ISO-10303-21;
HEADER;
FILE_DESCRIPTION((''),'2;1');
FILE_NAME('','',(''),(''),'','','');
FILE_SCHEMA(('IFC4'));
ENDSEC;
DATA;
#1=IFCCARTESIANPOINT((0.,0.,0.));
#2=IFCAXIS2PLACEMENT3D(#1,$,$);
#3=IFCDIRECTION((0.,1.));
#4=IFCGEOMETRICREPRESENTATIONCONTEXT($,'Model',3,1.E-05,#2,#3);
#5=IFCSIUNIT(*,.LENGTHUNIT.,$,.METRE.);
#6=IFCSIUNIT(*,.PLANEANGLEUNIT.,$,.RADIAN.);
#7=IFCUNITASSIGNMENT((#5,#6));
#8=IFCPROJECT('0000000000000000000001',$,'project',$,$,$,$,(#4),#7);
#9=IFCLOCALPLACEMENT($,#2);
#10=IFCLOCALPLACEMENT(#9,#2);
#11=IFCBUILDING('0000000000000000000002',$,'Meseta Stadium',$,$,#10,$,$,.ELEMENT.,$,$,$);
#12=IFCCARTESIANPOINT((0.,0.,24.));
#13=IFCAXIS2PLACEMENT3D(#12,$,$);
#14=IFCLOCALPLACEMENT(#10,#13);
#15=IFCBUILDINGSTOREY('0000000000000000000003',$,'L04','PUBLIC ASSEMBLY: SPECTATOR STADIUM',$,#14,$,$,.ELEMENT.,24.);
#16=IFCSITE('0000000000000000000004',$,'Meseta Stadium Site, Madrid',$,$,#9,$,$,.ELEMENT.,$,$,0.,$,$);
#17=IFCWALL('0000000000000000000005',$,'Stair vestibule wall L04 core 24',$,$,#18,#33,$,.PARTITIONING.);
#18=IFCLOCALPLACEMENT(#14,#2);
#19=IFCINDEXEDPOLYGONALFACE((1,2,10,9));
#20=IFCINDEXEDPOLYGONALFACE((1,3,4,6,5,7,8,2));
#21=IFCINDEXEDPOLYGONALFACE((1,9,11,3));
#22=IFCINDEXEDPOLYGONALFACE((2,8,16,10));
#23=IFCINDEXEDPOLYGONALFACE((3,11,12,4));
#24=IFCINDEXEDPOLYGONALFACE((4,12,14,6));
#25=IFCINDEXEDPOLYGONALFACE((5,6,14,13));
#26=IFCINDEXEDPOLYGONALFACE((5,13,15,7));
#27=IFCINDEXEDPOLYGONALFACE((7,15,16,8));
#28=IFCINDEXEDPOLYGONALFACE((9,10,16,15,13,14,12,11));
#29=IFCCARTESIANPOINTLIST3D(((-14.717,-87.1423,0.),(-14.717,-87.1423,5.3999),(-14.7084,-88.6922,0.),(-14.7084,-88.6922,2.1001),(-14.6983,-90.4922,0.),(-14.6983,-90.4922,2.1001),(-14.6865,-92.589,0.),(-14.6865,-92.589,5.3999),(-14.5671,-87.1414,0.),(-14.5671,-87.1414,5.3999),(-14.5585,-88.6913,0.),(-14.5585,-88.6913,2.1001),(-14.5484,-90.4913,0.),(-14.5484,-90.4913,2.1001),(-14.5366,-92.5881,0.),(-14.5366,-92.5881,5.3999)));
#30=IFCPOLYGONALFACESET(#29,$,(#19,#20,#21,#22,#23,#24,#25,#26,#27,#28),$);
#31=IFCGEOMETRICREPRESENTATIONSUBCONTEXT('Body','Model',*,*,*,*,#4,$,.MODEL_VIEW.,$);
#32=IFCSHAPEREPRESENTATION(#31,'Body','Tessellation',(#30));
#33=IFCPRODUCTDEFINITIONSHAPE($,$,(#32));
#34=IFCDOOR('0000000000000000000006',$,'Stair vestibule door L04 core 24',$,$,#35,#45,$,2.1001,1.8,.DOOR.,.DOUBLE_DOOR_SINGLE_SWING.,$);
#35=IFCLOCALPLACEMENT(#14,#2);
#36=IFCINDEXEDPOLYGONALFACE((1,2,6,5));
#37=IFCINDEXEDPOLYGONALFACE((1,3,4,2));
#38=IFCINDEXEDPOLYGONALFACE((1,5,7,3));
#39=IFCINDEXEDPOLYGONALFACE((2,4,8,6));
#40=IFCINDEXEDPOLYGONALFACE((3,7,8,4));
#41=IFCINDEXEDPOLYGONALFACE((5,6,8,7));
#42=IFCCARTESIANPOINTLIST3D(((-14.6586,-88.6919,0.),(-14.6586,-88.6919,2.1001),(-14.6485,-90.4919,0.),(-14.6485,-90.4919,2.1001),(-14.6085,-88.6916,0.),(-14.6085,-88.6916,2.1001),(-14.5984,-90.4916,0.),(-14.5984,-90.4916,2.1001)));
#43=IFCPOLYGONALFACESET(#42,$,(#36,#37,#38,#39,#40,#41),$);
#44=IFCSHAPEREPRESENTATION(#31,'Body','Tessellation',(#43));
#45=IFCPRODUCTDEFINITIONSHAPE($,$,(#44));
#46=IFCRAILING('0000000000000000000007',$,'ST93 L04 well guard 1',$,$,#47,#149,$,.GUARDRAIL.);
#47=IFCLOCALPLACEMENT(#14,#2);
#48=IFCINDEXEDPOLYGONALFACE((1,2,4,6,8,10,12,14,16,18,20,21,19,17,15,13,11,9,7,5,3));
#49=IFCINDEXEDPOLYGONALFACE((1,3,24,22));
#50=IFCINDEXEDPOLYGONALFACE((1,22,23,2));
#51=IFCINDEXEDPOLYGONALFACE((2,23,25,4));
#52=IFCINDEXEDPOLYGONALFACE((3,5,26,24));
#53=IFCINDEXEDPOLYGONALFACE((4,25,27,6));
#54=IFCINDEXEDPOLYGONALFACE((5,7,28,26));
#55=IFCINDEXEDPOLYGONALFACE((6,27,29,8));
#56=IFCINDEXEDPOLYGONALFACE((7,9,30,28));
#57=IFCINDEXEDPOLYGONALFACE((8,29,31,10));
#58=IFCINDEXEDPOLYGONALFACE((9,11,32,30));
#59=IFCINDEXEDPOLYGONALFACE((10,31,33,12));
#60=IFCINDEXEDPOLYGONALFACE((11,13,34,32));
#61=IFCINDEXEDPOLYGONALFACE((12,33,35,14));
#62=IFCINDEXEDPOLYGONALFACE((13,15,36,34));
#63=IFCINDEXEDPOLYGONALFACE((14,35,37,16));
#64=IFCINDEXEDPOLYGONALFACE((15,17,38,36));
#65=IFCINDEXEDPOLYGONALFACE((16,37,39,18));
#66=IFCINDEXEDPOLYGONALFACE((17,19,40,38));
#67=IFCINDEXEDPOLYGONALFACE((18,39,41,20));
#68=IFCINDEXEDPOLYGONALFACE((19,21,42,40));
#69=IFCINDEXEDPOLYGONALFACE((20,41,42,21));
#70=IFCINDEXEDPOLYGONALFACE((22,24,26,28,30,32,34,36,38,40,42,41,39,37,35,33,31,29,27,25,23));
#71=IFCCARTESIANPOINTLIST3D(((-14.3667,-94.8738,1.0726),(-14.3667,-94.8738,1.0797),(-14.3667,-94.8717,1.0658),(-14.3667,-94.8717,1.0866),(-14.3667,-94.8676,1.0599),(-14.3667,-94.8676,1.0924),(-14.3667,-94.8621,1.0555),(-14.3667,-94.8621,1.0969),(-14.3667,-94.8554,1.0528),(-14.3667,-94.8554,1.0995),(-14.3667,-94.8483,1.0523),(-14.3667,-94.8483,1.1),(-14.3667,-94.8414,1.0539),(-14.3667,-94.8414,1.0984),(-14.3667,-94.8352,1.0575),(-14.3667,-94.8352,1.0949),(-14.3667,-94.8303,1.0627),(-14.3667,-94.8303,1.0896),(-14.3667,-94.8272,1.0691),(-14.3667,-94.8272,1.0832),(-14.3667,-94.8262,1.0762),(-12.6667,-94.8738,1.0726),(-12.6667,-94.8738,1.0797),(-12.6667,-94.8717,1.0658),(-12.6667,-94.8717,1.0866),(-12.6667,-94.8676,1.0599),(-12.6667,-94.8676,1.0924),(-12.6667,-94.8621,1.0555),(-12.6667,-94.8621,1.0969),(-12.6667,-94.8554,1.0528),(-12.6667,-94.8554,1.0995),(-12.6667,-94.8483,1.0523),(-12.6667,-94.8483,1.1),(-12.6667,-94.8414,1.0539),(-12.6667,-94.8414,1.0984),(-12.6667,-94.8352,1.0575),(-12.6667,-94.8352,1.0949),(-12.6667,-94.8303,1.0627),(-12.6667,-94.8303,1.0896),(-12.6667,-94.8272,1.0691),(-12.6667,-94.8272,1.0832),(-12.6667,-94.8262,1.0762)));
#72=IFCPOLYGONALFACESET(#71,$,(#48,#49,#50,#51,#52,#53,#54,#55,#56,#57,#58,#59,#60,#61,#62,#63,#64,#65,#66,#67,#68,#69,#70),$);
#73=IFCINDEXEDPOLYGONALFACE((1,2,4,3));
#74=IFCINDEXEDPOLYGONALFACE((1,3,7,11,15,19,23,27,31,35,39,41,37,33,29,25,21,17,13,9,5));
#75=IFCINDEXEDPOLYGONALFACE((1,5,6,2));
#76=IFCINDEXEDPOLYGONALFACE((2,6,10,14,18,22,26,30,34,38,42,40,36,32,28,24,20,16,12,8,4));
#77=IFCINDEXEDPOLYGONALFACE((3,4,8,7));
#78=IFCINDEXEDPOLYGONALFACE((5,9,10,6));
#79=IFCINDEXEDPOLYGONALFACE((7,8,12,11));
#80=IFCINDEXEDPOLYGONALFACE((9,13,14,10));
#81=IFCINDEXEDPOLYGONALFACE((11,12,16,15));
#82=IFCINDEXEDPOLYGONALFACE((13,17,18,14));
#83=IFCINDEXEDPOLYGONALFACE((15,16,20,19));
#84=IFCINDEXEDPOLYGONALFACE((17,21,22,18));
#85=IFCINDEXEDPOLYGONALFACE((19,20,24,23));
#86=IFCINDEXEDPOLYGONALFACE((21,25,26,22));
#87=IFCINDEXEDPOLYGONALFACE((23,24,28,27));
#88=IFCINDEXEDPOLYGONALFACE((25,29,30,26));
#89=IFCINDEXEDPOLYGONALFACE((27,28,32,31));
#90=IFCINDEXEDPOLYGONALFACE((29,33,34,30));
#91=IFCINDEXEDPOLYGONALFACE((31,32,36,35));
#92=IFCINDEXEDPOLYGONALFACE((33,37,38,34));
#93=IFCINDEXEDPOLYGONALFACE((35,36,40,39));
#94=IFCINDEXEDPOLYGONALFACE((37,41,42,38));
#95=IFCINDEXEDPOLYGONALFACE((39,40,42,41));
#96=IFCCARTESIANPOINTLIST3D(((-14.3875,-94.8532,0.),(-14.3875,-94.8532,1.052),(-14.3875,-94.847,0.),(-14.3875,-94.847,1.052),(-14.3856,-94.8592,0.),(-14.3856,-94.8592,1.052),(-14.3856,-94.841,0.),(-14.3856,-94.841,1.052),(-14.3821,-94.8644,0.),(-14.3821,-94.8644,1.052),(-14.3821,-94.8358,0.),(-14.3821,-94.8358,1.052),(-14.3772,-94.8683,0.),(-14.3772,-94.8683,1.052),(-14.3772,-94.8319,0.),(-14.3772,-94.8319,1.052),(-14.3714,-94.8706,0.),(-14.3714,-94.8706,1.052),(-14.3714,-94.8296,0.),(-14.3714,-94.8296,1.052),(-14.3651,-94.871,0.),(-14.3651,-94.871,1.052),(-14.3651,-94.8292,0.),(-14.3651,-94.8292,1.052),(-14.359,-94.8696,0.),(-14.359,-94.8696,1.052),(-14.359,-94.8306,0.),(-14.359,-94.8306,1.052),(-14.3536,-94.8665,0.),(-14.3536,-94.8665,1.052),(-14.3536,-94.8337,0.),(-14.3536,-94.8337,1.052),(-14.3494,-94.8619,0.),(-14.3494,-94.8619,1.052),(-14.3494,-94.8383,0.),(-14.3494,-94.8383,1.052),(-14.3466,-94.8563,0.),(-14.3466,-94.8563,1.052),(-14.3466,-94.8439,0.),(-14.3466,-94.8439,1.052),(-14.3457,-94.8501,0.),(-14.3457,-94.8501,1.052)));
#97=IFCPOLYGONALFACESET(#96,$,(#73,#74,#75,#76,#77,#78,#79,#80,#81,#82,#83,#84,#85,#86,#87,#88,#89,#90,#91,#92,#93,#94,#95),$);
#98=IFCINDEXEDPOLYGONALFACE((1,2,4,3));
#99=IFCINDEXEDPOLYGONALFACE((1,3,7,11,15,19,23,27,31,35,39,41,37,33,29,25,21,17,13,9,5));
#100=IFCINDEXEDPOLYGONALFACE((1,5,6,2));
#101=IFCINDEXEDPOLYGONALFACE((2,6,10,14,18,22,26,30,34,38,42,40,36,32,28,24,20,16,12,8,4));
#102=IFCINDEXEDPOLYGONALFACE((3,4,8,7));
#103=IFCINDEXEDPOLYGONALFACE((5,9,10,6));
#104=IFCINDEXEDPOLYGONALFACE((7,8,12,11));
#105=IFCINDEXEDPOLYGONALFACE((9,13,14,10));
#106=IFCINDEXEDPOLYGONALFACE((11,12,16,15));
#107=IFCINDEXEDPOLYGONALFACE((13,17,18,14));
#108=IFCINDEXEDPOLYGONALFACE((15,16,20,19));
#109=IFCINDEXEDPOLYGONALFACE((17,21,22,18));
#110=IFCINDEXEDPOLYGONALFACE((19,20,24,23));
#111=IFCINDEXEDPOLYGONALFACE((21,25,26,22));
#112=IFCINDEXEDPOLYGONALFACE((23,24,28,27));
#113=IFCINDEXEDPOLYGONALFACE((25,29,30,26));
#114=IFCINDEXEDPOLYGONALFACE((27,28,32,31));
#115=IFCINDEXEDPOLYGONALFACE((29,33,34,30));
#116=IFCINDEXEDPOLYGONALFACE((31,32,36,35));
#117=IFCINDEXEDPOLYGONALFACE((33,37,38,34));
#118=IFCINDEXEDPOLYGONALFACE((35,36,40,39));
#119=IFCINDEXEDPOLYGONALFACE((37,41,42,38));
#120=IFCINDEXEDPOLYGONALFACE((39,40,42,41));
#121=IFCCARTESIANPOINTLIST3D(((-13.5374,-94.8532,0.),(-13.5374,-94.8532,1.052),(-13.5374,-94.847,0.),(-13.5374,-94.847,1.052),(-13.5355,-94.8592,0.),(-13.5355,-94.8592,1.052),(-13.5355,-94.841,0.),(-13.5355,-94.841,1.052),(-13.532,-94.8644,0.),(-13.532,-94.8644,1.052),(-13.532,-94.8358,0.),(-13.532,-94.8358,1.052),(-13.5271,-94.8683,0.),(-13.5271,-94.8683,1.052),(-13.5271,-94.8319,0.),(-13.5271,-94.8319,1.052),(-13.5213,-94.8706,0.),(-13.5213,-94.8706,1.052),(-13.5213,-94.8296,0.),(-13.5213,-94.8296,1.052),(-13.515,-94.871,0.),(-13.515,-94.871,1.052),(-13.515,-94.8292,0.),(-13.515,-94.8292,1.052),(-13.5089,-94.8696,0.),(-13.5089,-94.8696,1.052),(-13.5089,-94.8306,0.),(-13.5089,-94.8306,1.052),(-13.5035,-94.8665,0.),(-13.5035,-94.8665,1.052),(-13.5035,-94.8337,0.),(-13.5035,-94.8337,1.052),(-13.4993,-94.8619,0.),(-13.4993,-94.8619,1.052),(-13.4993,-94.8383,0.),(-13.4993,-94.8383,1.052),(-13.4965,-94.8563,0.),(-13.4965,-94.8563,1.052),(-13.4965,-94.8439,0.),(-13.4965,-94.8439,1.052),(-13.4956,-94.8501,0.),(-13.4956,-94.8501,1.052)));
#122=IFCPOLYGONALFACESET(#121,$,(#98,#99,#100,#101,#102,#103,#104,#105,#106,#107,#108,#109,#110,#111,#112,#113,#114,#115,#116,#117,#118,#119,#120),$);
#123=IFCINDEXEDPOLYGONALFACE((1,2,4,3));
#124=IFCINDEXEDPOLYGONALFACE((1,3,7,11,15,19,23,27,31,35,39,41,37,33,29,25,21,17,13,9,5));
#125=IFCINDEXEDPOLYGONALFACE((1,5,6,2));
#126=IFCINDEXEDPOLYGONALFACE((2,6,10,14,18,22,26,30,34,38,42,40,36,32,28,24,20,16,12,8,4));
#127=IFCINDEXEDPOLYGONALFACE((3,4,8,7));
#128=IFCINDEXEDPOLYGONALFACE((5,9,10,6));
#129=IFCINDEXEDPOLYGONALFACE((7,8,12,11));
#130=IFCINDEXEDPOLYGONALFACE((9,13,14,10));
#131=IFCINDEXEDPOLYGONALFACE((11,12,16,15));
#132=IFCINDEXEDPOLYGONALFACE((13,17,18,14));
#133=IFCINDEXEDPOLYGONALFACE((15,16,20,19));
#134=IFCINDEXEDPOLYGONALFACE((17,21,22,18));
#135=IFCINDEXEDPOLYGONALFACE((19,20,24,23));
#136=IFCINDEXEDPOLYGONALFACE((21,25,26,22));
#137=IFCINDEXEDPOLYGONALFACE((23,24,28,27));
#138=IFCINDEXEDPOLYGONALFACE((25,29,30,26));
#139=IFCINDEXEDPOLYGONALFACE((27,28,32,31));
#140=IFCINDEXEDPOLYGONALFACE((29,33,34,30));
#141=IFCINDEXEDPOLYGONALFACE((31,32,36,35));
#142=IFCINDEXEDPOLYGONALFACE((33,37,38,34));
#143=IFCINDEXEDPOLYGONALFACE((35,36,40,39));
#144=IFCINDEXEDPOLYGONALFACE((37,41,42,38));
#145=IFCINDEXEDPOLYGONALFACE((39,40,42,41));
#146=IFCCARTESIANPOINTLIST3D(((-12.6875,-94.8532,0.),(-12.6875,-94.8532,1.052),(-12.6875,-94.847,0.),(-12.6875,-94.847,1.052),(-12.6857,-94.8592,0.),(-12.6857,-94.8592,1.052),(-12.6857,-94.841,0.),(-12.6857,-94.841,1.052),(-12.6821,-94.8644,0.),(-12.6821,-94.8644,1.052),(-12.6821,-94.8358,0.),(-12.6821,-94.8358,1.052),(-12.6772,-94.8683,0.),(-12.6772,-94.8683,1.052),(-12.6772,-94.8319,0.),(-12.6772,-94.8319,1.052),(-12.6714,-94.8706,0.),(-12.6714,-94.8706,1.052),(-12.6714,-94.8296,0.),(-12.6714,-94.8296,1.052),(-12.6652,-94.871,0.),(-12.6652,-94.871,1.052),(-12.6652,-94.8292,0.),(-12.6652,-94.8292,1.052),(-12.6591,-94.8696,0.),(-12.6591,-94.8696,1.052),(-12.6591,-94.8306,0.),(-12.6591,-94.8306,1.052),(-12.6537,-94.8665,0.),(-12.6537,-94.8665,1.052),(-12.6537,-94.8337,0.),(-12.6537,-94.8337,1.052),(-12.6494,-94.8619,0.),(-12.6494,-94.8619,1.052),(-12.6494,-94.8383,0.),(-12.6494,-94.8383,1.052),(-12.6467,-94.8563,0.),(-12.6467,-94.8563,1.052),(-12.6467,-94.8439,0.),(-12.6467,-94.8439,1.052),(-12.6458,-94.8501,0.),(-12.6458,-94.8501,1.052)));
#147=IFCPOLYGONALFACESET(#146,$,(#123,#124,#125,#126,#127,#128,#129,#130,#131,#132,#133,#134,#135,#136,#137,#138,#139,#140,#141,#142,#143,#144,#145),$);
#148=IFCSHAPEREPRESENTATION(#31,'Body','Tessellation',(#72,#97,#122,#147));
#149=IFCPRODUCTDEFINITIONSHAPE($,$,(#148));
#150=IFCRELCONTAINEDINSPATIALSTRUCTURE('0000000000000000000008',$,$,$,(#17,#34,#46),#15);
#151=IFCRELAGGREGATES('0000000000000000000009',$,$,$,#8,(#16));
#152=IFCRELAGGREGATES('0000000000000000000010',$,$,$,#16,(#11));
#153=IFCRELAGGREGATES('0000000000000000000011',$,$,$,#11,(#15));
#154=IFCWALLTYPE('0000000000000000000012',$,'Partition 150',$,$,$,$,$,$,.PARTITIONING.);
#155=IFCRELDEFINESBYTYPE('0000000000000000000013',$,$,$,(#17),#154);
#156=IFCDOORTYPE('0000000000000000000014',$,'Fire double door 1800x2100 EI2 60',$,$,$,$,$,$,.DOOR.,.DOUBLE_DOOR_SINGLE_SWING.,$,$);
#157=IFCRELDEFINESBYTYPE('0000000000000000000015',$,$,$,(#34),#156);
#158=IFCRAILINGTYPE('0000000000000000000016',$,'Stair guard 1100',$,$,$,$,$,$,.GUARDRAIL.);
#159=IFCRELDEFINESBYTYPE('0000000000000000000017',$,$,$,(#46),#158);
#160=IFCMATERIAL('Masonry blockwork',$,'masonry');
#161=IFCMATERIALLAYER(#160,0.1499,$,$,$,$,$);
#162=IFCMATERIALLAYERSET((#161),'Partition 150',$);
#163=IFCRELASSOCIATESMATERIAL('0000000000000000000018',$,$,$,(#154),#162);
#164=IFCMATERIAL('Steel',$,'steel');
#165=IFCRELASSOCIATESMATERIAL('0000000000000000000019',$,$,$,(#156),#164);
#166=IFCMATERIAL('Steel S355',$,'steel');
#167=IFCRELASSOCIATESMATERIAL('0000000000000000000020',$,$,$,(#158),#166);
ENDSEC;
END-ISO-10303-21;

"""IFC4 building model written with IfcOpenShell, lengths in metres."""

from ifc_helpers import new_model, si_unit, direction, frame, frame_2d, origin, origin_2d, place, context, subcontext, project, spatial, rectangle, circle, extrude, material, layer, layer_set, type_object, element, fill, save


model = new_model("IFC4")

# Units and contexts
model_context = context("Model", 3, precision=1e-05, world=origin(), true_north=direction((0.0, 1.0)))
body_context = subcontext(model_context, "Body", "Model", "MODEL_VIEW")
ifc_project = project(units=[si_unit("LENGTHUNIT", "METRE"), si_unit("PLANEANGLEUNIT", "RADIAN")], contexts=[model_context])

# Site, building, storey
site_placement = place(None, origin())
site = spatial("IfcSite", under=ifc_project, at=site_placement, Name="Meseta Stadium Site, Madrid", CompositionType="ELEMENT", RefElevation=0.0)
building_placement = place(site_placement, origin())
building = spatial("IfcBuilding", under=site, at=building_placement, Name="Meseta Stadium", CompositionType="ELEMENT")
storey_placement = place(building_placement, frame((0.0, 0.0, 24.0)))
storey = spatial("IfcBuildingStorey", under=building, at=storey_placement, Name="L04", Description="PUBLIC ASSEMBLY: SPECTATOR STADIUM", CompositionType="ELEMENT", Elevation=24.0)

# Shared definitions
ifc_material_1 = material(Name="Masonry blockwork", Category="masonry")
ifc_layer_1 = layer(ifc_material_1, 0.1499)
ifc_layer_set_1 = layer_set([ifc_layer_1], Name="Partition 150")
wall_type_1 = type_object("IfcWallType", Name="Partition 150", PredefinedType="PARTITIONING", material=ifc_layer_set_1)

# Wall, opening, door
wall_1_placement = place(storey_placement, frame((-14.6421, -87.1418, 0.0), z_axis=(0.0, 0.0, 1.0), x_axis=(0.005603, -0.999984, 0.0)))
wall_1 = element("IfcWall", 1, at=wall_1_placement, inside=storey, type_object=wall_type_1, Name="Stair vestibule wall L04 core 24", PredefinedType="PARTITIONING", context=body_context, shape_type="SweptSolid", body=[
    extrude(rectangle(XDim=5.4468, YDim=0.1499, at=frame_2d((2.7234, 0.0))), origin(), (0.0, 0.0, 1.0), 5.3999),
])
opening_1_placement = place(wall_1_placement, frame((1.55, 0.0, 0.0)))
opening_1 = element("IfcOpeningElement", 2, at=opening_1_placement, cuts=wall_1, PredefinedType="OPENING", context=body_context, shape_type="SweptSolid", body=[
    extrude(rectangle(XDim=1.8, YDim=2.1001, at=frame_2d((0.8999, 1.05))), frame((0.0, 0.085, 0.0), z_axis=(0.0, -1.0, 0.0), x_axis=(1.0, 0.0, 0.0)), (0.0, 0.0, 1.0), 0.1699),
])
ifc_material_2 = material(Name="Steel", Category="steel")
door_type_1 = type_object("IfcDoorType", Name="Fire double door 1800x2100 EI2 60", OperationType="DOUBLE_DOOR_SINGLE_SWING", PredefinedType="DOOR", material=ifc_material_2)
door_1_placement = place(opening_1_placement, origin())
door_1 = element("IfcDoor", 3, at=door_1_placement, inside=storey, type_object=door_type_1, Name="Stair vestibule door L04 core 24", OperationType="DOUBLE_DOOR_SINGLE_SWING", OverallHeight=2.1001, OverallWidth=1.8, PredefinedType="DOOR", context=body_context, shape_type="SweptSolid", body=[
    extrude(rectangle(XDim=1.8, YDim=2.1001, at=frame_2d((0.8999, 1.05))), frame((0.0, 0.0249, 0.0), z_axis=(0.0, -1.0, 0.0), x_axis=(1.0, 0.0, 0.0)), (0.0, 0.0, 1.0), 0.05),
])
fill(opening_1, door_1)

# Railing
ifc_material_3 = material(Name="Steel S355", Category="steel")
railing_type = type_object("IfcRailingType", Name="Stair guard 1100", PredefinedType="GUARDRAIL", material=ifc_material_3)
for number, where, name in (
    (4, (-14.3667, -94.8501, 0.0), "ST93 L04 well guard 1"),
):
    element("IfcRailing", number, at=place(storey_placement, frame(where)), inside=storey, type_object=railing_type, Name=name, PredefinedType="GUARDRAIL", context=body_context, shape_type="SweptSolid", body=[
        extrude(circle(Radius=0.0239, at=origin_2d()), frame((0.0, 0.0, 1.0762), z_axis=(1.0, 0.0, 0.0), x_axis=(0.0, 1.0, 0.0)), (0.0, 0.0, 1.0), 1.7),
        extrude(circle(Radius=0.021, at=origin_2d()), origin(), (0.0, 0.0, 1.0), 1.052),
        extrude(circle(Radius=0.021, at=origin_2d()), frame((0.8501, 0.0, 0.0)), (0.0, 0.0, 1.0), 1.052),
        extrude(circle(Radius=0.021, at=origin_2d()), frame((1.7, 0.0, 0.0)), (0.0, 0.0, 1.0), 1.052),
    ])

save(model, "model.ifc")
